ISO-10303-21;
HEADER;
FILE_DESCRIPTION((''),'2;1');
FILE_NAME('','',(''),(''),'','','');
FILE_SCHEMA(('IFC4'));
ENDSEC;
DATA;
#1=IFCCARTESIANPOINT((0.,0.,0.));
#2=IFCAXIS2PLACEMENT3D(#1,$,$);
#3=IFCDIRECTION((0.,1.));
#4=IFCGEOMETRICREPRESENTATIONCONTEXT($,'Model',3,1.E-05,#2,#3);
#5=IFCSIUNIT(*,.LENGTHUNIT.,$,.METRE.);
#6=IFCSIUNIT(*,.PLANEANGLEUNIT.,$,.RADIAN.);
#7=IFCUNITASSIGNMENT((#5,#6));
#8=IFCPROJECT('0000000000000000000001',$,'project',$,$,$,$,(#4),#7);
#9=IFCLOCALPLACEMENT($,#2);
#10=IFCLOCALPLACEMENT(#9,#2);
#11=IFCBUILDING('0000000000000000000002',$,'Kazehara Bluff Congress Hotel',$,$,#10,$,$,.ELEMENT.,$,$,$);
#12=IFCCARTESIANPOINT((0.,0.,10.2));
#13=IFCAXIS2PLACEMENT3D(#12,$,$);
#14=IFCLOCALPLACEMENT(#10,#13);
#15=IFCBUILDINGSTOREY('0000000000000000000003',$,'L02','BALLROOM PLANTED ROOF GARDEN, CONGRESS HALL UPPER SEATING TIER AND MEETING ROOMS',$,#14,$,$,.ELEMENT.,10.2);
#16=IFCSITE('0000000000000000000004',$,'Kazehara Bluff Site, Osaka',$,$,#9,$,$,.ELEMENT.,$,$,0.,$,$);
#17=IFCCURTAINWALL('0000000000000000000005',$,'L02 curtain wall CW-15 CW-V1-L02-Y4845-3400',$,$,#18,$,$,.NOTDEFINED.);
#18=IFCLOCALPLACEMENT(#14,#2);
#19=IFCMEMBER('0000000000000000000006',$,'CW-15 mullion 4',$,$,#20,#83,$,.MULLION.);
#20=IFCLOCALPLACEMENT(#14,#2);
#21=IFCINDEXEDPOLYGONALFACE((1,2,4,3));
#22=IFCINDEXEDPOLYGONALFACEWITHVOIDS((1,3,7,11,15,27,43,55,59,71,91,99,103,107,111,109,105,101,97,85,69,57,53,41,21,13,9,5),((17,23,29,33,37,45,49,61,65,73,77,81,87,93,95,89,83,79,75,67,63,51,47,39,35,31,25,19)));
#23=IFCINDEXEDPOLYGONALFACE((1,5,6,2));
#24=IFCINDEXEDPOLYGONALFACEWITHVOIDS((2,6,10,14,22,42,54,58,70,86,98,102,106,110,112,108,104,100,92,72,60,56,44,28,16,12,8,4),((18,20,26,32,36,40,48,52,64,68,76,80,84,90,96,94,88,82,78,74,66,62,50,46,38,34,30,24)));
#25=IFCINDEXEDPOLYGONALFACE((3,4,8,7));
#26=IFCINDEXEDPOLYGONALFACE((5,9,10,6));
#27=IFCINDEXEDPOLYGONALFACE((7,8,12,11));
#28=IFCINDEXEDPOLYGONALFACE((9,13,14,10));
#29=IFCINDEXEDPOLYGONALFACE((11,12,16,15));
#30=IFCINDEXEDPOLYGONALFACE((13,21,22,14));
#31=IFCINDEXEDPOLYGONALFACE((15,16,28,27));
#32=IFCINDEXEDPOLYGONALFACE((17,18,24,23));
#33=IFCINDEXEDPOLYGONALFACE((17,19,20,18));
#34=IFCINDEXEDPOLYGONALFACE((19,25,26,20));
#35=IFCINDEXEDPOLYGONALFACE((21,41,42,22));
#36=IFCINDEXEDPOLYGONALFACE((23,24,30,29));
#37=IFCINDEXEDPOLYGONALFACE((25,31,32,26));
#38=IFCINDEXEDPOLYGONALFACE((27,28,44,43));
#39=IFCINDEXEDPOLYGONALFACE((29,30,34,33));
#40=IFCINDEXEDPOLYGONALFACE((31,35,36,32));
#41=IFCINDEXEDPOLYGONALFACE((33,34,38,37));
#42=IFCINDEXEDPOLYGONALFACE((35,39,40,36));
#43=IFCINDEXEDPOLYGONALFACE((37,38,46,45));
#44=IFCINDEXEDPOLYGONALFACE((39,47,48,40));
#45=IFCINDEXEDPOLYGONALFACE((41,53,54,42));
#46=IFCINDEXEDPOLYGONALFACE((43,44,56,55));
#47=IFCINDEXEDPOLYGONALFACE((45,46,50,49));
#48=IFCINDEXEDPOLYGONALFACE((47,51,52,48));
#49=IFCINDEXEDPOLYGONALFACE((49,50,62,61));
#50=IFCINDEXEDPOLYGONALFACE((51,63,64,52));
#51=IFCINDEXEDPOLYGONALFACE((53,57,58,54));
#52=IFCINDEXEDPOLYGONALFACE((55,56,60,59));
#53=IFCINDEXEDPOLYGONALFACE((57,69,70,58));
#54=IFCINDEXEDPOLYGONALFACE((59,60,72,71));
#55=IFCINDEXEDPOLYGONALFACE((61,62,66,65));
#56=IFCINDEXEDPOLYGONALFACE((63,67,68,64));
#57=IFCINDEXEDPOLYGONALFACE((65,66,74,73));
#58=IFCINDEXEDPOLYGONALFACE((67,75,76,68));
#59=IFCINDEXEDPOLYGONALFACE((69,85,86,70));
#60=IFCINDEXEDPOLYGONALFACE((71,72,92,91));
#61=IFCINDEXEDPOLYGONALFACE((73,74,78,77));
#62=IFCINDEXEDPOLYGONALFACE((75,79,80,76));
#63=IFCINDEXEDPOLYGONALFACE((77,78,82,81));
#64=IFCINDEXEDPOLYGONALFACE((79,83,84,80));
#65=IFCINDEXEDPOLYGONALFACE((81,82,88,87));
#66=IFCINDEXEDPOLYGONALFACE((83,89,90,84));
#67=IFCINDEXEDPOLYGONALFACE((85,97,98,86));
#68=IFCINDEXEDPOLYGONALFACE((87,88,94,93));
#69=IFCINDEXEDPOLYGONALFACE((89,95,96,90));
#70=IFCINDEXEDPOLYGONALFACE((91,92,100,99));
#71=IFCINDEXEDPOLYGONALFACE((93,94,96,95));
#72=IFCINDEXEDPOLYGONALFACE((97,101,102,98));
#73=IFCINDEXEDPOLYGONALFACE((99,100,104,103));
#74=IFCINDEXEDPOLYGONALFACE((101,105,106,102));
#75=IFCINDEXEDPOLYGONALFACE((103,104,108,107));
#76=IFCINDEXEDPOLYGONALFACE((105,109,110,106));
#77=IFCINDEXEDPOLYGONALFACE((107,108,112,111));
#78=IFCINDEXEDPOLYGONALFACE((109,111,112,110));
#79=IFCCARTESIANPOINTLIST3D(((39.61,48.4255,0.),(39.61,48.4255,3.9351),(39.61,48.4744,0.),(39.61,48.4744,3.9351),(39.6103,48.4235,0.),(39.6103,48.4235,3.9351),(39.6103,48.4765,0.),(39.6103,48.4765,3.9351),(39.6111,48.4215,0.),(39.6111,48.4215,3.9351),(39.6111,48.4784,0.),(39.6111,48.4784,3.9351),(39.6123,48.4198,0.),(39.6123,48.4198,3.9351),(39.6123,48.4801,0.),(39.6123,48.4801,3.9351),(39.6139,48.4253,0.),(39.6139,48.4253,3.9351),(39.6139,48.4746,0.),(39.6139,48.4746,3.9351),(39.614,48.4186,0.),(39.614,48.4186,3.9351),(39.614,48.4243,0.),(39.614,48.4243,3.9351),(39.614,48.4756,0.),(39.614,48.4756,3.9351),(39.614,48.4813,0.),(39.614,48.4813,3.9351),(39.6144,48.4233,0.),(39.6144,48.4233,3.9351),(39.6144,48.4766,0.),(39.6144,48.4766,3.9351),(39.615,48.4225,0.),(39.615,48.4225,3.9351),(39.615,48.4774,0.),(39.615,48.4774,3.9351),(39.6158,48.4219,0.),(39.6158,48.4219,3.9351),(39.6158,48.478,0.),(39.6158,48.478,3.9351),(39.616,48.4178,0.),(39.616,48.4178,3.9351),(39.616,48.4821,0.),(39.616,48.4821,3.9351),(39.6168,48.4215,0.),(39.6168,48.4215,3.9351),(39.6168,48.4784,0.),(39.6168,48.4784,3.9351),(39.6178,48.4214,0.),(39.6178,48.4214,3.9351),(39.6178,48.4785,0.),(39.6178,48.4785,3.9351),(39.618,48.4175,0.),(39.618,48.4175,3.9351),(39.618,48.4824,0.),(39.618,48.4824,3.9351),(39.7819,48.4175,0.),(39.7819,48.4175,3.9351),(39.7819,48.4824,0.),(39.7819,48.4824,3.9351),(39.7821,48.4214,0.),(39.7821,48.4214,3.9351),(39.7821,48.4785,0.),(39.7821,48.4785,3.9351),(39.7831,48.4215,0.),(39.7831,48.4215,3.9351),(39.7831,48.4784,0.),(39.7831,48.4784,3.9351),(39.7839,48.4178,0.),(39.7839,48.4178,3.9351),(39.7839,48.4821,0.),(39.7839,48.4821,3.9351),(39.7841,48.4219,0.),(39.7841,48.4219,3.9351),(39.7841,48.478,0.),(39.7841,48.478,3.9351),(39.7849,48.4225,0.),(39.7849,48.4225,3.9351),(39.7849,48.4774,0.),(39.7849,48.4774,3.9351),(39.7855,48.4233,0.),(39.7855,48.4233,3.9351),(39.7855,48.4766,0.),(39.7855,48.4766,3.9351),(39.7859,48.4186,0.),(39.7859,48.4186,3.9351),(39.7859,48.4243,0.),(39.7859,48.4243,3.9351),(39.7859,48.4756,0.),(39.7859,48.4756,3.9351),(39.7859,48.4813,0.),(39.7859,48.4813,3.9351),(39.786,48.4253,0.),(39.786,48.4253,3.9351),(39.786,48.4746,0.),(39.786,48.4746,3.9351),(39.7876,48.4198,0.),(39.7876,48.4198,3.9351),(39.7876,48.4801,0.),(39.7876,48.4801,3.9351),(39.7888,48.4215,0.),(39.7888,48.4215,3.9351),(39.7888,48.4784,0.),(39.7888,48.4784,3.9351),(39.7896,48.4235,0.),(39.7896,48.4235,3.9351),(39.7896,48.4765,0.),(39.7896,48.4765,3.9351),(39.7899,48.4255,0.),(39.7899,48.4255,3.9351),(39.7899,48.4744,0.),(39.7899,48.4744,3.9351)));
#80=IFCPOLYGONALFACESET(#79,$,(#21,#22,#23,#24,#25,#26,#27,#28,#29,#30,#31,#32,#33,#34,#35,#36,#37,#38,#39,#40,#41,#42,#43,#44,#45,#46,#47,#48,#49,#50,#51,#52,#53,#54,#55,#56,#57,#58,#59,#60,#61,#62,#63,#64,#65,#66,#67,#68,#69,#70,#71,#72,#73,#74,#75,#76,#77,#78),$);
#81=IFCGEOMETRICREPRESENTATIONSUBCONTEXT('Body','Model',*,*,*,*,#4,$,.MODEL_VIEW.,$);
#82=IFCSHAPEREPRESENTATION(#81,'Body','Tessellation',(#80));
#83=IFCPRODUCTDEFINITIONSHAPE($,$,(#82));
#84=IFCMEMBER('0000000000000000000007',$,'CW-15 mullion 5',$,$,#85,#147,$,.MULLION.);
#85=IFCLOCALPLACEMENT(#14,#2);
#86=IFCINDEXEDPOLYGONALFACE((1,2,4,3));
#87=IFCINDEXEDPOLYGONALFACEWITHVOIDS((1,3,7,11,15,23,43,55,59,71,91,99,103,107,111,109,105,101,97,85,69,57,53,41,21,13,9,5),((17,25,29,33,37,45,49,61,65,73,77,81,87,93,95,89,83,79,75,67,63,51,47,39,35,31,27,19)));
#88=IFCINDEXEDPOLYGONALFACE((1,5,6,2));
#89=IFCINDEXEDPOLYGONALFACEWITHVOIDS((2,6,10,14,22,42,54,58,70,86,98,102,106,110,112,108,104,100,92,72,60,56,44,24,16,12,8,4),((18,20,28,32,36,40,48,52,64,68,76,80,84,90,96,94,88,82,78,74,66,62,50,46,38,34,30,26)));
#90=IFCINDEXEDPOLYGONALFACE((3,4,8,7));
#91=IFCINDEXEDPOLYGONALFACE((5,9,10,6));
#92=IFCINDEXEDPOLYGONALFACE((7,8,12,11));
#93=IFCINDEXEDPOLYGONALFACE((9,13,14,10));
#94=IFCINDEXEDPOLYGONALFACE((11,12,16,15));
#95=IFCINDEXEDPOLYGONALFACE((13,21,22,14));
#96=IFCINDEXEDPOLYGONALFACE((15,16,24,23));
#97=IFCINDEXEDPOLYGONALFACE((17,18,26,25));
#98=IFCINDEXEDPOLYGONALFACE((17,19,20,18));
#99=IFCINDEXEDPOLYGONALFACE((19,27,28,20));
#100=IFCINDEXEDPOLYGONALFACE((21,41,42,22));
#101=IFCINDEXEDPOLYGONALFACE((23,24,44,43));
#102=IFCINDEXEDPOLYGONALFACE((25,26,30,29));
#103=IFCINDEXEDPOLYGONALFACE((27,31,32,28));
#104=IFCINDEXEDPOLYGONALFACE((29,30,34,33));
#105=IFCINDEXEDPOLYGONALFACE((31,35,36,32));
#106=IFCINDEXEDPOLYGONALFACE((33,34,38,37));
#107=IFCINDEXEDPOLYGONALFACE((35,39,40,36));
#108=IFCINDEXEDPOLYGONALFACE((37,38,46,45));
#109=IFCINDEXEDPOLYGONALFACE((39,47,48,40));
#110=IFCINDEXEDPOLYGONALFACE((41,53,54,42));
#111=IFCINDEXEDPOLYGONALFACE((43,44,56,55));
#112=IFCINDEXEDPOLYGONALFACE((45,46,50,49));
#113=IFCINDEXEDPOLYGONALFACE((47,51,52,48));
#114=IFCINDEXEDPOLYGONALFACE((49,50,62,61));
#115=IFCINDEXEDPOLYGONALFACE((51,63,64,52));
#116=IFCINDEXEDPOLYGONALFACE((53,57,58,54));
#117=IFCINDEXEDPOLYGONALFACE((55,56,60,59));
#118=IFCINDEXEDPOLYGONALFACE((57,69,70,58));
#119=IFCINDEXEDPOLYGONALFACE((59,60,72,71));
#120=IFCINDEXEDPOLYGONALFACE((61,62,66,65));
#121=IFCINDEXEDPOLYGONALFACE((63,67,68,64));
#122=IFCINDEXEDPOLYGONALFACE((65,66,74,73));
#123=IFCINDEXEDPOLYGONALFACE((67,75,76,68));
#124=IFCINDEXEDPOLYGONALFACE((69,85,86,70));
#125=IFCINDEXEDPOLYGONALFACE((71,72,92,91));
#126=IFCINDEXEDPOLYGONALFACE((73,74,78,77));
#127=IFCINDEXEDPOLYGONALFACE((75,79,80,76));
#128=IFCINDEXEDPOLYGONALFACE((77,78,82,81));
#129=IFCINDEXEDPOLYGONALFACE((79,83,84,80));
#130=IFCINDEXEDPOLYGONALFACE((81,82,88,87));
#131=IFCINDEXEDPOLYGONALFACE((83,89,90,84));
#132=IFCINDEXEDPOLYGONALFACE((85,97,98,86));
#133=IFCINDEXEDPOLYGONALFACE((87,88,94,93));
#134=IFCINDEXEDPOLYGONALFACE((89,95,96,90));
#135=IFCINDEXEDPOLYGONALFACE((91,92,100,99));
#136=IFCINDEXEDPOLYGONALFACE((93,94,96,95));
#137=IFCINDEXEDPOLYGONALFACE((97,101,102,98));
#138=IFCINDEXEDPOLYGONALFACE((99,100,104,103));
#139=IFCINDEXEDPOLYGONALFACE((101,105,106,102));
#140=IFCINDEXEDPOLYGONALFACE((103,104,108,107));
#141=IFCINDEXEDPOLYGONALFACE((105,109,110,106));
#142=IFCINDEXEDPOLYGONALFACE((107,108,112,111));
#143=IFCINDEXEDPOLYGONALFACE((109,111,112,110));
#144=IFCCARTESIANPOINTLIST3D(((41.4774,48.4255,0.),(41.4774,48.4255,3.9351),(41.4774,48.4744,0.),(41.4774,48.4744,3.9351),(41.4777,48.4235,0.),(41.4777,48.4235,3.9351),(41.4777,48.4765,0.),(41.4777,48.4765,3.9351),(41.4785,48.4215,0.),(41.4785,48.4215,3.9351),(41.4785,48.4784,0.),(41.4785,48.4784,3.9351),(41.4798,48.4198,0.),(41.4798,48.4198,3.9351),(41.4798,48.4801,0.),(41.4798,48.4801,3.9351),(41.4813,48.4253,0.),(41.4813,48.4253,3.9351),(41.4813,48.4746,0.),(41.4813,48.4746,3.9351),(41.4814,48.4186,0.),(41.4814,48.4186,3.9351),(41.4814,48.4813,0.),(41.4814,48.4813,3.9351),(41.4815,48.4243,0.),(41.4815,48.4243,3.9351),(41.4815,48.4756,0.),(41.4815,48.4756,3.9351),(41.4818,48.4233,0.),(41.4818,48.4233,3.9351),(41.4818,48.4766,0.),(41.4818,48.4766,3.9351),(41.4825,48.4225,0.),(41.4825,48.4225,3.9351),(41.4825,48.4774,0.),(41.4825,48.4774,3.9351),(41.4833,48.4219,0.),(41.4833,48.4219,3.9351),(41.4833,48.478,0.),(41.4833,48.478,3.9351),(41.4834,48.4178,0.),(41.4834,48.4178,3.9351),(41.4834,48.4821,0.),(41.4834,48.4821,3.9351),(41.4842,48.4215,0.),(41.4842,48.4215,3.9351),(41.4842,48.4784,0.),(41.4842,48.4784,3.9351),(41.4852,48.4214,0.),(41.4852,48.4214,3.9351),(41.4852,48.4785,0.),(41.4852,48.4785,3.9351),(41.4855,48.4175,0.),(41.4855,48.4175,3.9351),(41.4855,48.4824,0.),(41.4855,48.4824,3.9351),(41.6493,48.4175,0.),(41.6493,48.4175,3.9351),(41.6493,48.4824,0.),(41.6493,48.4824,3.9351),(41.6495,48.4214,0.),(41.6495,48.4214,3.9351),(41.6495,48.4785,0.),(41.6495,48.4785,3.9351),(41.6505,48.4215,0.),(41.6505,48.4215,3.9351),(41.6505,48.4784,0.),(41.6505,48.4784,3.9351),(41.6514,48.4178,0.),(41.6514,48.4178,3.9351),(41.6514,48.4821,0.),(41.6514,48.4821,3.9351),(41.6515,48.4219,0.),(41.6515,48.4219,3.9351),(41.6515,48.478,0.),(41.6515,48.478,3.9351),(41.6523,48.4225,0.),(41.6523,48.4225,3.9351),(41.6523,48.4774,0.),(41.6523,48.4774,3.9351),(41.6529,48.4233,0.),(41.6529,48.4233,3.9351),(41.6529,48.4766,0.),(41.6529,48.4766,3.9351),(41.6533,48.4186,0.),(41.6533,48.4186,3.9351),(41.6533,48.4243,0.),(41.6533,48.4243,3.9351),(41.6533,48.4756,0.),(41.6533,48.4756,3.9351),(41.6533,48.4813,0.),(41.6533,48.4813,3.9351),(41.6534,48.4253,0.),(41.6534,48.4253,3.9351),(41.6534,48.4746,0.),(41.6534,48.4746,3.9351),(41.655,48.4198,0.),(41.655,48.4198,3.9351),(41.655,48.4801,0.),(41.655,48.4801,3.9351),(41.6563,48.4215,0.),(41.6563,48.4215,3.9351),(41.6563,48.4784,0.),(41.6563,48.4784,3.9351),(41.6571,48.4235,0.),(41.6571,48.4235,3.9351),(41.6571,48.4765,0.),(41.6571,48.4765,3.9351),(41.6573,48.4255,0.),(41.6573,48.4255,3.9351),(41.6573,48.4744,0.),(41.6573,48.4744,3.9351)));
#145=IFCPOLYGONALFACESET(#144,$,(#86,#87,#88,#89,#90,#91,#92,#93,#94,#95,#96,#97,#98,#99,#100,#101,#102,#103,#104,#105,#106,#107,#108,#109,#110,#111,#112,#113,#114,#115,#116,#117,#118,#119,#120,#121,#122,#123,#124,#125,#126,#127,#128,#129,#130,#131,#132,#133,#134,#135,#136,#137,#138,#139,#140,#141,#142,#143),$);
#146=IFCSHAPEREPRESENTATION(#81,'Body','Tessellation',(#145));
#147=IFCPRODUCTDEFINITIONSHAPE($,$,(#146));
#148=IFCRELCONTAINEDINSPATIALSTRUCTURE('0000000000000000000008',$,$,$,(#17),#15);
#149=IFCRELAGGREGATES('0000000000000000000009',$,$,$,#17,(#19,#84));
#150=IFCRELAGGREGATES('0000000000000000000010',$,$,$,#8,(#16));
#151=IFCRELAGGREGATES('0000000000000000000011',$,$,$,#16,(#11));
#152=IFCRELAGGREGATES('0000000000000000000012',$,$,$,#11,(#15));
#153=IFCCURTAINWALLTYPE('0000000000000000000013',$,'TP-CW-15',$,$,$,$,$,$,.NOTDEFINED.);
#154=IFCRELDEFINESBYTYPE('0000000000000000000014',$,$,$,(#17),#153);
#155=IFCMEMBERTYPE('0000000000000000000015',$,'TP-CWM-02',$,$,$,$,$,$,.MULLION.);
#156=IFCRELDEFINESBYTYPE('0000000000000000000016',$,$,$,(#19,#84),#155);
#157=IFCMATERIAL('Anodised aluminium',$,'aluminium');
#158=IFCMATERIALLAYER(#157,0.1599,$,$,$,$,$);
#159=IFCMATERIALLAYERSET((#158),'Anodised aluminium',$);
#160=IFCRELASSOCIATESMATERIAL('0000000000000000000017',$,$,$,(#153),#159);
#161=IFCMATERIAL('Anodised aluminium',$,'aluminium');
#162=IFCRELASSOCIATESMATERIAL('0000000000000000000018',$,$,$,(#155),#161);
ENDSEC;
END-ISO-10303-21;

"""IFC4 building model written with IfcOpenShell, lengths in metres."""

from ifc_helpers import new_model, si_unit, direction, frame, origin, origin_2d, place, context, subcontext, project, spatial, hollow_rectangle, extrude, material, layer, layer_set, material_profile, profile_set, type_object, element, aggregate, save


model = new_model("IFC4")

# Units and contexts
model_context = context("Model", 3, precision=1e-05, world=origin(), true_north=direction((0.0, 1.0)))
body_context = subcontext(model_context, "Body", "Model", "MODEL_VIEW")
ifc_project = project(units=[si_unit("LENGTHUNIT", "METRE"), si_unit("PLANEANGLEUNIT", "RADIAN")], contexts=[model_context])

# Site, building, storey
site_placement = place(None, origin())
site = spatial("IfcSite", under=ifc_project, at=site_placement, Name="Kazehara Bluff Site, Osaka", CompositionType="ELEMENT", RefElevation=0.0)
building_placement = place(site_placement, origin())
building = spatial("IfcBuilding", under=site, at=building_placement, Name="Kazehara Bluff Congress Hotel", CompositionType="ELEMENT")
storey_placement = place(building_placement, frame((0.0, 0.0, 10.2)))
storey = spatial("IfcBuildingStorey", under=building, at=storey_placement, Name="L02", Description="BALLROOM PLANTED ROOF GARDEN, CONGRESS HALL UPPER SEATING TIER AND MEETING ROOMS", CompositionType="ELEMENT", Elevation=10.2)

# Curtain wall, members
ifc_material_1 = material(Name="Anodised aluminium", Category="aluminium")
ifc_layer_1 = layer(ifc_material_1, 0.1599)
ifc_layer_set_1 = layer_set([ifc_layer_1], Name="Anodised aluminium")
curtain_wall_type = type_object("IfcCurtainWallType", Name="TP-CW-15", PredefinedType="NOTDEFINED", material=ifc_layer_set_1)
curtain_wall_placement = place(storey_placement, origin())
curtain_wall = element("IfcCurtainWall", 1, at=curtain_wall_placement, inside=storey, type_object=curtain_wall_type, Name="L02 curtain wall CW-15 CW-V1-L02-Y4845-3400", PredefinedType="NOTDEFINED")
ifc_material_2 = material(Name="Anodised aluminium", Category="aluminium")
ifc_material_profile_1 = material_profile(ifc_material_2, hollow_rectangle(XDim=0.0649, YDim=0.1799, WallThickness=0.0039, InnerFilletRadius=0.0039, OuterFilletRadius=0.0081, at=origin_2d()))
ifc_profile_set_1 = profile_set([ifc_material_profile_1], Name="Anodised aluminium")
member_type_1 = type_object("IfcMemberType", Name="TP-CWM-02", PredefinedType="MULLION", material=ifc_profile_set_1)
member_1_placement = place(storey_placement, frame((39.7, 48.45, 0.0), z_axis=(0.0, 0.0, 1.0), x_axis=(0.0, 1.0, 0.0)))
member_1 = element("IfcMember", 2, at=member_1_placement, type_object=member_type_1, Name="CW-15 mullion 4", PredefinedType="MULLION", context=body_context, shape_type="SweptSolid", body=[
    extrude(hollow_rectangle(XDim=0.0649, YDim=0.1799, WallThickness=0.0039, InnerFilletRadius=0.0039, OuterFilletRadius=0.0081, at=origin_2d()), origin(), (0.0, 0.0, 1.0), 3.9351),
])
member_2_placement = place(storey_placement, frame((41.5674, 48.45, 0.0), z_axis=(0.0, 0.0, 1.0), x_axis=(0.0, 1.0, 0.0)))
member_2 = element("IfcMember", 3, at=member_2_placement, type_object=member_type_1, Name="CW-15 mullion 5", PredefinedType="MULLION", context=body_context, shape_type="SweptSolid", body=[
    extrude(hollow_rectangle(XDim=0.0649, YDim=0.1799, WallThickness=0.0039, InnerFilletRadius=0.0039, OuterFilletRadius=0.0081, at=origin_2d()), origin(), (0.0, 0.0, 1.0), 3.9351),
])

aggregate(curtain_wall, [member_1, member_2])

save(model, "model.ifc")
